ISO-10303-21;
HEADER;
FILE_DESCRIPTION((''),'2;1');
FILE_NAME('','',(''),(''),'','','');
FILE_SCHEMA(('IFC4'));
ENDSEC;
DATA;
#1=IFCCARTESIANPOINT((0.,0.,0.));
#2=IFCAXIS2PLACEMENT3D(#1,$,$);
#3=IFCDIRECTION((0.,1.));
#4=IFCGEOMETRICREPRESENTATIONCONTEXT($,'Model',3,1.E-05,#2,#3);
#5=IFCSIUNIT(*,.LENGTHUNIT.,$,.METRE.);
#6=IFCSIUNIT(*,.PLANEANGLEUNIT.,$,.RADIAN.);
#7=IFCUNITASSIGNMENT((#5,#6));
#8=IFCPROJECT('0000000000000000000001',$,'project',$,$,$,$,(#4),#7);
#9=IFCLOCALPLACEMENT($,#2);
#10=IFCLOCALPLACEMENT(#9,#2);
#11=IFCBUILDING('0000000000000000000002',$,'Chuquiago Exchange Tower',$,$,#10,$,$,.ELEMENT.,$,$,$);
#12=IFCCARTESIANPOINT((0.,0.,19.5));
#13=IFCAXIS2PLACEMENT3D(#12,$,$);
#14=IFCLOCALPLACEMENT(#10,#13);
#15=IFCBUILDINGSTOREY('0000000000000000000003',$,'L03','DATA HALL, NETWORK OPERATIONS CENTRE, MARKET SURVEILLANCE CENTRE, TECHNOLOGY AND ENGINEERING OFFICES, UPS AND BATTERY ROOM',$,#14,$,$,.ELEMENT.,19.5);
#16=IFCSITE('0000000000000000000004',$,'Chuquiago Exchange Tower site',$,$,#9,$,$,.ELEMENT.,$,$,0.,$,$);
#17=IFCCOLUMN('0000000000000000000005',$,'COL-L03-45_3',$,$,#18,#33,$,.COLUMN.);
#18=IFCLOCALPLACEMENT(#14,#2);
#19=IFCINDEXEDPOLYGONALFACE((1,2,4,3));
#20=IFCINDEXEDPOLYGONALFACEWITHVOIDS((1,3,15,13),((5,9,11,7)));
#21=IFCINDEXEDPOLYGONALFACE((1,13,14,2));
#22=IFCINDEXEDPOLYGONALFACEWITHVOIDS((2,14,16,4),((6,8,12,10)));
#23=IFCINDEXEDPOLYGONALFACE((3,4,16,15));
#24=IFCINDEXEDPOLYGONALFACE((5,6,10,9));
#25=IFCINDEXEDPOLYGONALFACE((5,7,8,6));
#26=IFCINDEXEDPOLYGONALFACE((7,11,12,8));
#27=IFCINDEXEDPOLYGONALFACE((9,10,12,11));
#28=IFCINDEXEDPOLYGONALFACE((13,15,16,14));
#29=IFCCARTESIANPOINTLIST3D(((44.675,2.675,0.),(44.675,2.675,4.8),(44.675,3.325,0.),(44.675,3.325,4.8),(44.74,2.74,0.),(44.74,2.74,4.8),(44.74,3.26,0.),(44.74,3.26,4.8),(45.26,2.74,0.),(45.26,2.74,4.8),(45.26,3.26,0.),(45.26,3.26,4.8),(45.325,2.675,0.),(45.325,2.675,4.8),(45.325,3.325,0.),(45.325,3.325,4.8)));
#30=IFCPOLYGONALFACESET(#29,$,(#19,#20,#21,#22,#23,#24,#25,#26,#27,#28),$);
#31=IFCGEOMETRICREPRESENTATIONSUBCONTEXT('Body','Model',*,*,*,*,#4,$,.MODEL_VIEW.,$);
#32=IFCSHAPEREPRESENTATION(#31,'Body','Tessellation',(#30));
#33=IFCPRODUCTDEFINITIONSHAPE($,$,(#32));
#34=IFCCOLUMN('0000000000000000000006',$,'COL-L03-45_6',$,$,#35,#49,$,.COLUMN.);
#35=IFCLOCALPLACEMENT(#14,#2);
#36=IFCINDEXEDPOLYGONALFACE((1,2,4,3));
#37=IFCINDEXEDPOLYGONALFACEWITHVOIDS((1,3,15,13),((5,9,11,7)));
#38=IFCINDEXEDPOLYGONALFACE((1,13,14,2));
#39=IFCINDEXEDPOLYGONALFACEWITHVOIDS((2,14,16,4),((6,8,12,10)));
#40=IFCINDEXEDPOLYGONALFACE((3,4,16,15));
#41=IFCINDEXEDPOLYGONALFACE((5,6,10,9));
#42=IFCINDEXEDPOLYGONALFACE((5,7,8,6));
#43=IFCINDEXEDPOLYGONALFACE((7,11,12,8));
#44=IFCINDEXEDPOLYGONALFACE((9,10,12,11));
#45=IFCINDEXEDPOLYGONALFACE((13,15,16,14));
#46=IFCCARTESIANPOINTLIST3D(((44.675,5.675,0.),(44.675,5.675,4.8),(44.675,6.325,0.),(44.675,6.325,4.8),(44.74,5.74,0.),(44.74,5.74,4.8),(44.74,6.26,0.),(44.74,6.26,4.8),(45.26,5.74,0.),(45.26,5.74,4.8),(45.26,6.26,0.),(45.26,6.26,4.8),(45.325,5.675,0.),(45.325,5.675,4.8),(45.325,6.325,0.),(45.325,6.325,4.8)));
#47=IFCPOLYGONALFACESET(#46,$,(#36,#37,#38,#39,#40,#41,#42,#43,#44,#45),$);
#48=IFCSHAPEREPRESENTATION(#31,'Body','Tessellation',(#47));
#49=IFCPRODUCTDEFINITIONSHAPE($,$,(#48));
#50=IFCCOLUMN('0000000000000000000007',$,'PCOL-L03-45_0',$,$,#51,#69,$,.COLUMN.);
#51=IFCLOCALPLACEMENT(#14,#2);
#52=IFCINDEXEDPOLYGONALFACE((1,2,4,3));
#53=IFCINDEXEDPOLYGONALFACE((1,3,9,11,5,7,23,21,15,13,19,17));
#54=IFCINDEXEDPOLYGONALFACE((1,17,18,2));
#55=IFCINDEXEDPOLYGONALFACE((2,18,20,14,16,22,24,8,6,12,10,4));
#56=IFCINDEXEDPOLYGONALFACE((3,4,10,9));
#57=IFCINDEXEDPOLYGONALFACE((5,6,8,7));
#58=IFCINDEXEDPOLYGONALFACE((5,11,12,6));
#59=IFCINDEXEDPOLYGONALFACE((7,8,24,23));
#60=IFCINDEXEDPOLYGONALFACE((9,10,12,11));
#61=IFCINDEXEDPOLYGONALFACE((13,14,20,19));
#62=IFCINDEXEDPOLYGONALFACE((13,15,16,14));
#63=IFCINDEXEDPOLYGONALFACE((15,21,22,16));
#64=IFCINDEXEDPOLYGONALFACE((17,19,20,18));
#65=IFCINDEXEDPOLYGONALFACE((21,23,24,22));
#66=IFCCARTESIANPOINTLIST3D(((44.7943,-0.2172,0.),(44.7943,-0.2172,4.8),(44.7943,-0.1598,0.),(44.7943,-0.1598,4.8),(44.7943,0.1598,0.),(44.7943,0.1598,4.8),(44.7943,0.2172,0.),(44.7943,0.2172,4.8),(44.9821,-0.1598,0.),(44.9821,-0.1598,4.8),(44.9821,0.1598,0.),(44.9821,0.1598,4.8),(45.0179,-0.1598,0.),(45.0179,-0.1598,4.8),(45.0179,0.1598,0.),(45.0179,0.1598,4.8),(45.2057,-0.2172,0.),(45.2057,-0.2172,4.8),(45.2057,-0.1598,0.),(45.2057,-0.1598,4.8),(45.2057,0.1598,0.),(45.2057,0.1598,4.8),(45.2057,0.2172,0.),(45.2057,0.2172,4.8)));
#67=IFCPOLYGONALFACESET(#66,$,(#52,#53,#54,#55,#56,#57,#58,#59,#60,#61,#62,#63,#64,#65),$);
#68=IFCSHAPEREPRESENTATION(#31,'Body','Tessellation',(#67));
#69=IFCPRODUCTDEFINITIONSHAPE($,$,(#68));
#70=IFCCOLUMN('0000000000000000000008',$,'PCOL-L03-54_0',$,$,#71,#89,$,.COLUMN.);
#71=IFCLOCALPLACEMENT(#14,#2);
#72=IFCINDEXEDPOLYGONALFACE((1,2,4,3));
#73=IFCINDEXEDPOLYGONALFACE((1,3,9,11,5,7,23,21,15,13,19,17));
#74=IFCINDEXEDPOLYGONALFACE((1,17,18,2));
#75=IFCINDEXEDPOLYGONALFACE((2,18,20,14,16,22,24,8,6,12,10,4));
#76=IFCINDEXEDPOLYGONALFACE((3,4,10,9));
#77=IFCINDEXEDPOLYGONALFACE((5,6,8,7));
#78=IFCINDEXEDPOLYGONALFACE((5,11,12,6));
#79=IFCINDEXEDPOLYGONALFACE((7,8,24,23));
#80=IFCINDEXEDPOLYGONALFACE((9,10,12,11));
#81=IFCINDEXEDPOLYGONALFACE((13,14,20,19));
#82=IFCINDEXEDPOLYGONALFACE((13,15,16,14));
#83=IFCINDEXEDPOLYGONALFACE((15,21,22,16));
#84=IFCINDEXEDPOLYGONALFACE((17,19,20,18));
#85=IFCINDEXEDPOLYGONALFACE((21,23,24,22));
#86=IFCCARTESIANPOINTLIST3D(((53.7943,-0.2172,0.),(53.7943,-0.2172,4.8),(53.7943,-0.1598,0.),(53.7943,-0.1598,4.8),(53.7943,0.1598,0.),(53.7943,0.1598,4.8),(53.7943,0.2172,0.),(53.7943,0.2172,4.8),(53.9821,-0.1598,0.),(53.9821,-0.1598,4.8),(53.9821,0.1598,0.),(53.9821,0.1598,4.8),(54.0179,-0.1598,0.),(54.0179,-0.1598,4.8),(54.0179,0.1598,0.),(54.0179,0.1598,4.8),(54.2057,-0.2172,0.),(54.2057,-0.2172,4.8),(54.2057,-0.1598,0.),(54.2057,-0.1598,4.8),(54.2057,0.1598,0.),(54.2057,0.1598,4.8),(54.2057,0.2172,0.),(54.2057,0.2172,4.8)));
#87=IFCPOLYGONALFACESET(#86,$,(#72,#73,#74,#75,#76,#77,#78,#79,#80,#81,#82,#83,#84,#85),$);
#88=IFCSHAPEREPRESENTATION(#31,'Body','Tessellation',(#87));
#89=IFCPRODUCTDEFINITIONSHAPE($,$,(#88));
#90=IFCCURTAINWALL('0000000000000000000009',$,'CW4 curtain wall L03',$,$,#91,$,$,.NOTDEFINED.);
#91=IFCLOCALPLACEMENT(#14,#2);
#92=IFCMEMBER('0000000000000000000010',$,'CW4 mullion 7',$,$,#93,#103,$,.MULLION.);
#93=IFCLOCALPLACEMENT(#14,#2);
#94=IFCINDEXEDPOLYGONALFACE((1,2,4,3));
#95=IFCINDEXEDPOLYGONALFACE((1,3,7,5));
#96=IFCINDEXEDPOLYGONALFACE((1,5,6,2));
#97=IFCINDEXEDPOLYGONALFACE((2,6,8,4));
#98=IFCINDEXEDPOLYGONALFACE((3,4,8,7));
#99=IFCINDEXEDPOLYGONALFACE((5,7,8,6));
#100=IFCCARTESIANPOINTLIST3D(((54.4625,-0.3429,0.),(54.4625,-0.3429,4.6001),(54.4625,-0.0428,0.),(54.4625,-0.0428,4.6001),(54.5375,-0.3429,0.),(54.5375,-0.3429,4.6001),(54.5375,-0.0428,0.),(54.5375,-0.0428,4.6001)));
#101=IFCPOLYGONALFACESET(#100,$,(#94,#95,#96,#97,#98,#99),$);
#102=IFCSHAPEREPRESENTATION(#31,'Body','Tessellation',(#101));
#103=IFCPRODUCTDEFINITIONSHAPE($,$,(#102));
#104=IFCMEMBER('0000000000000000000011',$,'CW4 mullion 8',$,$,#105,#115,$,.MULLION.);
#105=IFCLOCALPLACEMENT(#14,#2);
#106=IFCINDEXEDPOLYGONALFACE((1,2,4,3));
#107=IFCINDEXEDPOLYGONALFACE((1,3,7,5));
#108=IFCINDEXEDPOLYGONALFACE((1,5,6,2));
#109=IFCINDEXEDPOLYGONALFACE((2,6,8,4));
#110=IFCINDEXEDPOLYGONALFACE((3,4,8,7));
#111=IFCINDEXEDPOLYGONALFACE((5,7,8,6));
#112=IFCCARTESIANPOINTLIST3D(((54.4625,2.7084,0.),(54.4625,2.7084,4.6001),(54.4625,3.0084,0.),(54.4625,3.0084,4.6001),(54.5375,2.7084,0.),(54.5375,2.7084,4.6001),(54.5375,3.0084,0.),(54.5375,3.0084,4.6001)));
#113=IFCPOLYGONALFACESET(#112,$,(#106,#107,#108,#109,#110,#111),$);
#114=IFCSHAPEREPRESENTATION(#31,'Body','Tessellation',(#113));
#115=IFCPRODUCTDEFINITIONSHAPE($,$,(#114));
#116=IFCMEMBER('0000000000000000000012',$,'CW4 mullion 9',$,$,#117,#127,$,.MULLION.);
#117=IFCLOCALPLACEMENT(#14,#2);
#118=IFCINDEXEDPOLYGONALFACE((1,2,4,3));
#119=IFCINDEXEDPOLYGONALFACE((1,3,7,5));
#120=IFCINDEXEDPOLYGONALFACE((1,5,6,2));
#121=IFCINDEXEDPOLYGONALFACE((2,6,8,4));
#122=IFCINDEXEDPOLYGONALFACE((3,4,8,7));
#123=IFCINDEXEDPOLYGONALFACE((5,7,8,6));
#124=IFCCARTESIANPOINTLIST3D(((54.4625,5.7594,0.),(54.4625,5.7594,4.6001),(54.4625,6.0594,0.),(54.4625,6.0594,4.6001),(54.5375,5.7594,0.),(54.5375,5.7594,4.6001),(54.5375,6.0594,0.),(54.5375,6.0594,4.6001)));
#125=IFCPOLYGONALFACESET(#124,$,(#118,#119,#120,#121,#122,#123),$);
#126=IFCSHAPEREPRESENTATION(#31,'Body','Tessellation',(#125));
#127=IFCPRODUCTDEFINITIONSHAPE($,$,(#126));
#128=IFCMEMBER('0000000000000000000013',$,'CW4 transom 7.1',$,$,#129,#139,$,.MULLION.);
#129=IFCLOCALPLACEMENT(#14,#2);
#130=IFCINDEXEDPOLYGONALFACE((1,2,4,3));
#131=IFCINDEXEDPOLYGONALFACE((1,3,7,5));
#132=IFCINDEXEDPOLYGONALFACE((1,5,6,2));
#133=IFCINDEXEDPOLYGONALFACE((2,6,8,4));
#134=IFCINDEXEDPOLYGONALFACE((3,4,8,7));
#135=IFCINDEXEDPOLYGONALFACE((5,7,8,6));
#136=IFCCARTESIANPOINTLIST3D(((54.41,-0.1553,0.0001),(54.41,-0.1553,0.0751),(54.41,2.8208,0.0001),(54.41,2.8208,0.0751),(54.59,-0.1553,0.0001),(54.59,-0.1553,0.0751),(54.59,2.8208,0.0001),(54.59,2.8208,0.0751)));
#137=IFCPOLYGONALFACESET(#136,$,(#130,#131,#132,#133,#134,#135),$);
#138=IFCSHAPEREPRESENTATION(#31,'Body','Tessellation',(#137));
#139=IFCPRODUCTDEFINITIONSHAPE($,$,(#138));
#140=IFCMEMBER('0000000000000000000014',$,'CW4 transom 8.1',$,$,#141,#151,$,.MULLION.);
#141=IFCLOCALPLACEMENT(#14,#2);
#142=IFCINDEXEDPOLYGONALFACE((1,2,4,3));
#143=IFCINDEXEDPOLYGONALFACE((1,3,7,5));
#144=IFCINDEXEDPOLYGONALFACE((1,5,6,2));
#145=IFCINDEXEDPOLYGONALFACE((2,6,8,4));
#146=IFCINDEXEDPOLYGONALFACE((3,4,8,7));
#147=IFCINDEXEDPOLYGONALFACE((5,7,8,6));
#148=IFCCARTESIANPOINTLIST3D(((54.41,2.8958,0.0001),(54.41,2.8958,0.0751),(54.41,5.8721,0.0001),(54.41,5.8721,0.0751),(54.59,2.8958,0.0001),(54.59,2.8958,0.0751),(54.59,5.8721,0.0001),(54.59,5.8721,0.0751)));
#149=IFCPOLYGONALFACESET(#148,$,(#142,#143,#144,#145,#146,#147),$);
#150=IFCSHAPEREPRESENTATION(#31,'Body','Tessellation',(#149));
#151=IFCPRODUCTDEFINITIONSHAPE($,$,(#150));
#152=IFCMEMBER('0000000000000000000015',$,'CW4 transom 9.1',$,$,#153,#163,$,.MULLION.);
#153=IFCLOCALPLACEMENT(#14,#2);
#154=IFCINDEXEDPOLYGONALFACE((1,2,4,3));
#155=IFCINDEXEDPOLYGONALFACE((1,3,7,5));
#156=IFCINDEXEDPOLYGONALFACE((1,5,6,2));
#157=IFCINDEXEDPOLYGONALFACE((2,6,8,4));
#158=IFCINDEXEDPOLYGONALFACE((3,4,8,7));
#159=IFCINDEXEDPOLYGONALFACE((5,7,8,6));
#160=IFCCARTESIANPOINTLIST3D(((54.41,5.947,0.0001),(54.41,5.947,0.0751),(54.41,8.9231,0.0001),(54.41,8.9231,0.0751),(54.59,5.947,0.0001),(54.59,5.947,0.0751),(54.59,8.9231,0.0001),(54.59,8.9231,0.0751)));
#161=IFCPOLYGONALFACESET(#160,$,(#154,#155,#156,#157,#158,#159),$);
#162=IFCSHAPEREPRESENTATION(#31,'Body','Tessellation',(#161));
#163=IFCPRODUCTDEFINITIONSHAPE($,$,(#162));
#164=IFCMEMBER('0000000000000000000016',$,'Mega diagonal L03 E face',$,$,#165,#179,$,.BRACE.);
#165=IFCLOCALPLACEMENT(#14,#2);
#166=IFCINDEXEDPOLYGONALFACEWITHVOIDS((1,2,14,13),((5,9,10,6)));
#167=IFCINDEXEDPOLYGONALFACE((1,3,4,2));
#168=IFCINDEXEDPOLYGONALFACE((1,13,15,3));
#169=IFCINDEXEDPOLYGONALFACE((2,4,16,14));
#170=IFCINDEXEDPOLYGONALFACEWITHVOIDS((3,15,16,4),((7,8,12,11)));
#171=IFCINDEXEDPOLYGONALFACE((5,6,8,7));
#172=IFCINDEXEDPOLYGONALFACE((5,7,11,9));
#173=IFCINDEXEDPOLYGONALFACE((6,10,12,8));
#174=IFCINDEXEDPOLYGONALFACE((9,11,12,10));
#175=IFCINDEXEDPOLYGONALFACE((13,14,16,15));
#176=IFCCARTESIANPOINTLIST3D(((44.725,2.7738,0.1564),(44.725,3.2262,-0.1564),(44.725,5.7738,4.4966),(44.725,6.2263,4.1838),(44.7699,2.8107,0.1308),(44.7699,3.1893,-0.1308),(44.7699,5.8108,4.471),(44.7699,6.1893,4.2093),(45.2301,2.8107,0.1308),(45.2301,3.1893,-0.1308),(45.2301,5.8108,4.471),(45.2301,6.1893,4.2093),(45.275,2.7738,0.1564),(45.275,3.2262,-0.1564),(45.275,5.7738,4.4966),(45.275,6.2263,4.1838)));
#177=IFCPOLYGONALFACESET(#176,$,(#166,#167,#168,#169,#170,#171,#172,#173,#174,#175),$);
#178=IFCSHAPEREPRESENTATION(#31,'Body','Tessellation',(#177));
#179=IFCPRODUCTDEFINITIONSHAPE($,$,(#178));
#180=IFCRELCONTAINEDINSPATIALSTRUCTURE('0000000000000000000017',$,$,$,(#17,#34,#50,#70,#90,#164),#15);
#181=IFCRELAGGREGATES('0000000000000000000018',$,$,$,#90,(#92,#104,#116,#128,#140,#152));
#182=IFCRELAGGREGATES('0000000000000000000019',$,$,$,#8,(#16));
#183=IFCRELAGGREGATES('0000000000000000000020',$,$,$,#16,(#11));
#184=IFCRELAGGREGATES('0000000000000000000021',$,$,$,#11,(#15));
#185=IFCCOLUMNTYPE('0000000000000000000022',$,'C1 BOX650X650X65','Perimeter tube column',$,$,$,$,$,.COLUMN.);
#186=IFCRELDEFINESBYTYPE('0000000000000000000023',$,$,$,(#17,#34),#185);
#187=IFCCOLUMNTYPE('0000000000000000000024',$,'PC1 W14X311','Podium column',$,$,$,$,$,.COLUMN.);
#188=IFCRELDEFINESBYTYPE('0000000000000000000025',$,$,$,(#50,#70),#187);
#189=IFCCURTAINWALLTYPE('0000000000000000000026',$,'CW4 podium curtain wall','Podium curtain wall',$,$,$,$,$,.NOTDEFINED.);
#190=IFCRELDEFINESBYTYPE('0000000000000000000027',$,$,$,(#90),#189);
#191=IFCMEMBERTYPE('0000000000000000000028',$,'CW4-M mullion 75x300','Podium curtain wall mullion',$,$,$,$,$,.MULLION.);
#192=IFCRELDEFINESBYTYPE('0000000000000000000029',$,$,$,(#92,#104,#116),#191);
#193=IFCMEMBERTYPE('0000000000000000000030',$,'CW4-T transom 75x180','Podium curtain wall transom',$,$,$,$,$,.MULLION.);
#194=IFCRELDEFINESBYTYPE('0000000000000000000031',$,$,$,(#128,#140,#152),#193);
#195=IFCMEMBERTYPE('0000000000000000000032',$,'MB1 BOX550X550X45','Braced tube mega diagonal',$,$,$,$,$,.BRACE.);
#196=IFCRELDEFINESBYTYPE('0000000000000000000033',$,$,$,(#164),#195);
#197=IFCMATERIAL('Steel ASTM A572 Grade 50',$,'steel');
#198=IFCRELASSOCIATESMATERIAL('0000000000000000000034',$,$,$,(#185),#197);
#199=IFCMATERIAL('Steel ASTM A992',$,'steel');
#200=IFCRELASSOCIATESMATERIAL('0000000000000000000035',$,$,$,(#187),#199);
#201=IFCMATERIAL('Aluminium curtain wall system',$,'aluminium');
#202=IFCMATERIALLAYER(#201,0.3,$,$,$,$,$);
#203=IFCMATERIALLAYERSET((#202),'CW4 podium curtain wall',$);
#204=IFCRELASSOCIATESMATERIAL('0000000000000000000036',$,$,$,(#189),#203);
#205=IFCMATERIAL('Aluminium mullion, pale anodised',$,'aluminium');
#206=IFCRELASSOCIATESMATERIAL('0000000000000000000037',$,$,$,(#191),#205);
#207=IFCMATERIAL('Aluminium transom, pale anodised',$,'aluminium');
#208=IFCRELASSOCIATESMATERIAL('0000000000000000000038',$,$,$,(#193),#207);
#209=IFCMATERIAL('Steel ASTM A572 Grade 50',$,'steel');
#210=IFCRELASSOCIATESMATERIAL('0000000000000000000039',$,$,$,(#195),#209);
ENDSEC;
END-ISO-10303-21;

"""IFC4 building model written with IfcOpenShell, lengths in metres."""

from ifc_helpers import new_model, si_unit, direction, frame, origin, origin_2d, place, context, subcontext, project, spatial, rectangle, hollow_rectangle, i_section, extrude, material, layer, layer_set, material_profile, profile_set, type_object, element, aggregate, save


model = new_model("IFC4")

# Units and contexts
model_context = context("Model", 3, precision=1e-05, world=origin(), true_north=direction((0.0, 1.0)))
body_context = subcontext(model_context, "Body", "Model", "MODEL_VIEW")
ifc_project = project(units=[si_unit("LENGTHUNIT", "METRE"), si_unit("PLANEANGLEUNIT", "RADIAN")], contexts=[model_context])

# Site, building, storey
site_placement = place(None, origin())
site = spatial("IfcSite", under=ifc_project, at=site_placement, Name="Chuquiago Exchange Tower site", CompositionType="ELEMENT", RefElevation=0.0)
building_placement = place(site_placement, origin())
building = spatial("IfcBuilding", under=site, at=building_placement, Name="Chuquiago Exchange Tower", CompositionType="ELEMENT")
storey_placement = place(building_placement, frame((0.0, 0.0, 19.5)))
storey = spatial("IfcBuildingStorey", under=building, at=storey_placement, Name="L03", Description="DATA HALL, NETWORK OPERATIONS CENTRE, MARKET SURVEILLANCE CENTRE, TECHNOLOGY AND ENGINEERING OFFICES, UPS AND BATTERY ROOM", CompositionType="ELEMENT", Elevation=19.5)

# Columns
ifc_material_1 = material(Name="Steel ASTM A572 Grade 50", Category="steel")
ifc_material_profile_1 = material_profile(ifc_material_1, hollow_rectangle(XDim=0.6499, YDim=0.6499, WallThickness=0.0649, at=origin_2d()), Name="BOX650X650X65")
ifc_profile_set_1 = profile_set([ifc_material_profile_1], Name="Steel ASTM A572 Grade 50")
column_type_1 = type_object("IfcColumnType", Name="C1 BOX650X650X65", Description="Perimeter tube column", PredefinedType="COLUMN", material=ifc_profile_set_1)
for number, where, z_axis, x_axis, name in (
    (1, (45.0, 3.0, 0.0), (0.0, 0.0, 1.0), (1.0, 0.0, 0.0), "COL-L03-45_3"),
    (2, (45.0, 6.0, 0.0), (0.0, 0.0, 1.0), (1.0, 0.0, 0.0), "COL-L03-45_6"),
):
    element("IfcColumn", number, at=place(storey_placement, frame(where, z_axis=z_axis, x_axis=x_axis)), inside=storey, type_object=column_type_1, Name=name, PredefinedType="COLUMN", context=body_context, shape_type="SweptSolid", body=[
        extrude(hollow_rectangle(XDim=0.6499, YDim=0.6499, WallThickness=0.0649, at=origin_2d()), origin(), (0.0, 0.0, 1.0), 4.8),
    ])
ifc_material_2 = material(Name="Steel ASTM A992", Category="steel")
ifc_material_profile_2 = material_profile(ifc_material_2, i_section(OverallWidth=0.4114, OverallDepth=0.4343, WebThickness=0.0359, FlangeThickness=0.0574, at=origin_2d()), Name="W14X311")
ifc_profile_set_2 = profile_set([ifc_material_profile_2], Name="Steel ASTM A992")
column_type_2 = type_object("IfcColumnType", Name="PC1 W14X311", Description="Podium column", PredefinedType="COLUMN", material=ifc_profile_set_2)
for number, where, z_axis, x_axis, name in (
    (3, (45.0, 0.0, 0.0), (0.0, 0.0, 1.0), (1.0, 0.0, 0.0), "PCOL-L03-45_0"),
    (4, (54.0, 0.0, 0.0), (0.0, 0.0, 1.0), (1.0, 0.0, 0.0), "PCOL-L03-54_0"),
):
    element("IfcColumn", number, at=place(storey_placement, frame(where, z_axis=z_axis, x_axis=x_axis)), inside=storey, type_object=column_type_2, Name=name, PredefinedType="COLUMN", context=body_context, shape_type="SweptSolid", body=[
        extrude(i_section(OverallWidth=0.4114, OverallDepth=0.4343, WebThickness=0.0359, FlangeThickness=0.0574, at=origin_2d()), origin(), (0.0, 0.0, 1.0), 4.8),
    ])

# Curtain wall, members
ifc_material_3 = material(Name="Aluminium curtain wall system", Category="aluminium")
ifc_layer_1 = layer(ifc_material_3, 0.3)
ifc_layer_set_1 = layer_set([ifc_layer_1], Name="CW4 podium curtain wall")
curtain_wall_type = type_object("IfcCurtainWallType", Name="CW4 podium curtain wall", Description="Podium curtain wall", PredefinedType="NOTDEFINED", material=ifc_layer_set_1)
curtain_wall_placement = place(storey_placement, origin())
curtain_wall = element("IfcCurtainWall", 5, at=curtain_wall_placement, inside=storey, type_object=curtain_wall_type, Name="CW4 curtain wall L03", PredefinedType="NOTDEFINED")
ifc_material_4 = material(Name="Aluminium mullion, pale anodised", Category="aluminium")
ifc_material_profile_3 = material_profile(ifc_material_4, rectangle(XDim=0.075, YDim=0.3, at=origin_2d()), Name="AL 75x300")
ifc_profile_set_3 = profile_set([ifc_material_profile_3], Name="Aluminium mullion, pale anodised")
member_type_1 = type_object("IfcMemberType", Name="CW4-M mullion 75x300", Description="Podium curtain wall mullion", PredefinedType="MULLION", material=ifc_profile_set_3)
member_1_placement = place(storey_placement, frame((54.5, -0.1929, 0.0), z_axis=(0.0, 0.0, 1.0), x_axis=(-1.0, 0.0, 0.0)))
member_1 = element("IfcMember", 6, at=member_1_placement, type_object=member_type_1, Name="CW4 mullion 7", PredefinedType="MULLION", context=body_context, shape_type="SweptSolid", body=[
    extrude(rectangle(XDim=0.075, YDim=0.3, at=origin_2d()), origin(), (0.0, 0.0, 1.0), 4.6001),
])
member_2_placement = place(storey_placement, frame((54.5, 2.8584, 0.0), z_axis=(0.0, 0.0, 1.0), x_axis=(-1.0, 0.0, 0.0)))
member_2 = element("IfcMember", 7, at=member_2_placement, type_object=member_type_1, Name="CW4 mullion 8", PredefinedType="MULLION", context=body_context, shape_type="SweptSolid", body=[
    extrude(rectangle(XDim=0.075, YDim=0.3, at=origin_2d()), origin(), (0.0, 0.0, 1.0), 4.6001),
])
member_3_placement = place(storey_placement, frame((54.5, 5.9094, 0.0), z_axis=(0.0, 0.0, 1.0), x_axis=(-1.0, 0.0, 0.0)))
member_3 = element("IfcMember", 8, at=member_3_placement, type_object=member_type_1, Name="CW4 mullion 9", PredefinedType="MULLION", context=body_context, shape_type="SweptSolid", body=[
    extrude(rectangle(XDim=0.075, YDim=0.3, at=origin_2d()), origin(), (0.0, 0.0, 1.0), 4.6001),
])
ifc_material_5 = material(Name="Aluminium transom, pale anodised", Category="aluminium")
ifc_material_profile_4 = material_profile(ifc_material_5, rectangle(XDim=0.1799, YDim=0.075, at=origin_2d()), Name="AL 180x75")
ifc_profile_set_4 = profile_set([ifc_material_profile_4], Name="Aluminium transom, pale anodised")
member_type_2 = type_object("IfcMemberType", Name="CW4-T transom 75x180", Description="Podium curtain wall transom", PredefinedType="MULLION", material=ifc_profile_set_4)
member_4_placement = place(storey_placement, frame((54.5, -0.1553, 0.0376), z_axis=(0.0, 1.0, 0.0), x_axis=(-1.0, 0.0, 0.0)))
member_4 = element("IfcMember", 9, at=member_4_placement, type_object=member_type_2, Name="CW4 transom 7.1", PredefinedType="MULLION", context=body_context, shape_type="SweptSolid", body=[
    extrude(rectangle(XDim=0.1799, YDim=0.075, at=origin_2d()), origin(), (0.0, 0.0, 1.0), 2.9761),
])
member_5_placement = place(storey_placement, frame((54.5, 2.8958, 0.0376), z_axis=(0.0, 1.0, 0.0), x_axis=(-1.0, 0.0, 0.0)))
member_5 = element("IfcMember", 10, at=member_5_placement, type_object=member_type_2, Name="CW4 transom 8.1", PredefinedType="MULLION", context=body_context, shape_type="SweptSolid", body=[
    extrude(rectangle(XDim=0.1799, YDim=0.075, at=origin_2d()), origin(), (0.0, 0.0, 1.0), 2.9763),
])
member_6_placement = place(storey_placement, frame((54.5, 5.947, 0.0376), z_axis=(0.0, 1.0, 0.0), x_axis=(-1.0, 0.0, 0.0)))
member_6 = element("IfcMember", 11, at=member_6_placement, type_object=member_type_2, Name="CW4 transom 9.1", PredefinedType="MULLION", context=body_context, shape_type="SweptSolid", body=[
    extrude(rectangle(XDim=0.1799, YDim=0.075, at=origin_2d()), origin(), (0.0, 0.0, 1.0), 2.9761),
])

# Member
ifc_material_6 = material(Name="Steel ASTM A572 Grade 50", Category="steel")
ifc_material_profile_5 = material_profile(ifc_material_6, hollow_rectangle(XDim=0.55, YDim=0.55, WallThickness=0.0449, at=origin_2d()), Name="BOX550X550X45")
ifc_profile_set_5 = profile_set([ifc_material_profile_5], Name="Steel ASTM A572 Grade 50")
member_type_3 = type_object("IfcMemberType", Name="MB1 BOX550X550X45", Description="Braced tube mega diagonal", PredefinedType="BRACE", material=ifc_profile_set_5)
member_7_placement = place(storey_placement, frame((45.0, 3.0, 0.0), z_axis=(0.0, 0.568611, 0.822607), x_axis=(-1.0, 0.0, 0.0)))
element("IfcMember", 12, at=member_7_placement, inside=storey, type_object=member_type_3, Name="Mega diagonal L03 E face", PredefinedType="BRACE", context=body_context, shape_type="SweptSolid", body=[
    extrude(hollow_rectangle(XDim=0.55, YDim=0.55, WallThickness=0.0449, at=origin_2d()), origin(), (0.0, 0.0, 1.0), 5.2761),
])

aggregate(curtain_wall, [member_1, member_2, member_3, member_4, member_5, member_6])

save(model, "model.ifc")
